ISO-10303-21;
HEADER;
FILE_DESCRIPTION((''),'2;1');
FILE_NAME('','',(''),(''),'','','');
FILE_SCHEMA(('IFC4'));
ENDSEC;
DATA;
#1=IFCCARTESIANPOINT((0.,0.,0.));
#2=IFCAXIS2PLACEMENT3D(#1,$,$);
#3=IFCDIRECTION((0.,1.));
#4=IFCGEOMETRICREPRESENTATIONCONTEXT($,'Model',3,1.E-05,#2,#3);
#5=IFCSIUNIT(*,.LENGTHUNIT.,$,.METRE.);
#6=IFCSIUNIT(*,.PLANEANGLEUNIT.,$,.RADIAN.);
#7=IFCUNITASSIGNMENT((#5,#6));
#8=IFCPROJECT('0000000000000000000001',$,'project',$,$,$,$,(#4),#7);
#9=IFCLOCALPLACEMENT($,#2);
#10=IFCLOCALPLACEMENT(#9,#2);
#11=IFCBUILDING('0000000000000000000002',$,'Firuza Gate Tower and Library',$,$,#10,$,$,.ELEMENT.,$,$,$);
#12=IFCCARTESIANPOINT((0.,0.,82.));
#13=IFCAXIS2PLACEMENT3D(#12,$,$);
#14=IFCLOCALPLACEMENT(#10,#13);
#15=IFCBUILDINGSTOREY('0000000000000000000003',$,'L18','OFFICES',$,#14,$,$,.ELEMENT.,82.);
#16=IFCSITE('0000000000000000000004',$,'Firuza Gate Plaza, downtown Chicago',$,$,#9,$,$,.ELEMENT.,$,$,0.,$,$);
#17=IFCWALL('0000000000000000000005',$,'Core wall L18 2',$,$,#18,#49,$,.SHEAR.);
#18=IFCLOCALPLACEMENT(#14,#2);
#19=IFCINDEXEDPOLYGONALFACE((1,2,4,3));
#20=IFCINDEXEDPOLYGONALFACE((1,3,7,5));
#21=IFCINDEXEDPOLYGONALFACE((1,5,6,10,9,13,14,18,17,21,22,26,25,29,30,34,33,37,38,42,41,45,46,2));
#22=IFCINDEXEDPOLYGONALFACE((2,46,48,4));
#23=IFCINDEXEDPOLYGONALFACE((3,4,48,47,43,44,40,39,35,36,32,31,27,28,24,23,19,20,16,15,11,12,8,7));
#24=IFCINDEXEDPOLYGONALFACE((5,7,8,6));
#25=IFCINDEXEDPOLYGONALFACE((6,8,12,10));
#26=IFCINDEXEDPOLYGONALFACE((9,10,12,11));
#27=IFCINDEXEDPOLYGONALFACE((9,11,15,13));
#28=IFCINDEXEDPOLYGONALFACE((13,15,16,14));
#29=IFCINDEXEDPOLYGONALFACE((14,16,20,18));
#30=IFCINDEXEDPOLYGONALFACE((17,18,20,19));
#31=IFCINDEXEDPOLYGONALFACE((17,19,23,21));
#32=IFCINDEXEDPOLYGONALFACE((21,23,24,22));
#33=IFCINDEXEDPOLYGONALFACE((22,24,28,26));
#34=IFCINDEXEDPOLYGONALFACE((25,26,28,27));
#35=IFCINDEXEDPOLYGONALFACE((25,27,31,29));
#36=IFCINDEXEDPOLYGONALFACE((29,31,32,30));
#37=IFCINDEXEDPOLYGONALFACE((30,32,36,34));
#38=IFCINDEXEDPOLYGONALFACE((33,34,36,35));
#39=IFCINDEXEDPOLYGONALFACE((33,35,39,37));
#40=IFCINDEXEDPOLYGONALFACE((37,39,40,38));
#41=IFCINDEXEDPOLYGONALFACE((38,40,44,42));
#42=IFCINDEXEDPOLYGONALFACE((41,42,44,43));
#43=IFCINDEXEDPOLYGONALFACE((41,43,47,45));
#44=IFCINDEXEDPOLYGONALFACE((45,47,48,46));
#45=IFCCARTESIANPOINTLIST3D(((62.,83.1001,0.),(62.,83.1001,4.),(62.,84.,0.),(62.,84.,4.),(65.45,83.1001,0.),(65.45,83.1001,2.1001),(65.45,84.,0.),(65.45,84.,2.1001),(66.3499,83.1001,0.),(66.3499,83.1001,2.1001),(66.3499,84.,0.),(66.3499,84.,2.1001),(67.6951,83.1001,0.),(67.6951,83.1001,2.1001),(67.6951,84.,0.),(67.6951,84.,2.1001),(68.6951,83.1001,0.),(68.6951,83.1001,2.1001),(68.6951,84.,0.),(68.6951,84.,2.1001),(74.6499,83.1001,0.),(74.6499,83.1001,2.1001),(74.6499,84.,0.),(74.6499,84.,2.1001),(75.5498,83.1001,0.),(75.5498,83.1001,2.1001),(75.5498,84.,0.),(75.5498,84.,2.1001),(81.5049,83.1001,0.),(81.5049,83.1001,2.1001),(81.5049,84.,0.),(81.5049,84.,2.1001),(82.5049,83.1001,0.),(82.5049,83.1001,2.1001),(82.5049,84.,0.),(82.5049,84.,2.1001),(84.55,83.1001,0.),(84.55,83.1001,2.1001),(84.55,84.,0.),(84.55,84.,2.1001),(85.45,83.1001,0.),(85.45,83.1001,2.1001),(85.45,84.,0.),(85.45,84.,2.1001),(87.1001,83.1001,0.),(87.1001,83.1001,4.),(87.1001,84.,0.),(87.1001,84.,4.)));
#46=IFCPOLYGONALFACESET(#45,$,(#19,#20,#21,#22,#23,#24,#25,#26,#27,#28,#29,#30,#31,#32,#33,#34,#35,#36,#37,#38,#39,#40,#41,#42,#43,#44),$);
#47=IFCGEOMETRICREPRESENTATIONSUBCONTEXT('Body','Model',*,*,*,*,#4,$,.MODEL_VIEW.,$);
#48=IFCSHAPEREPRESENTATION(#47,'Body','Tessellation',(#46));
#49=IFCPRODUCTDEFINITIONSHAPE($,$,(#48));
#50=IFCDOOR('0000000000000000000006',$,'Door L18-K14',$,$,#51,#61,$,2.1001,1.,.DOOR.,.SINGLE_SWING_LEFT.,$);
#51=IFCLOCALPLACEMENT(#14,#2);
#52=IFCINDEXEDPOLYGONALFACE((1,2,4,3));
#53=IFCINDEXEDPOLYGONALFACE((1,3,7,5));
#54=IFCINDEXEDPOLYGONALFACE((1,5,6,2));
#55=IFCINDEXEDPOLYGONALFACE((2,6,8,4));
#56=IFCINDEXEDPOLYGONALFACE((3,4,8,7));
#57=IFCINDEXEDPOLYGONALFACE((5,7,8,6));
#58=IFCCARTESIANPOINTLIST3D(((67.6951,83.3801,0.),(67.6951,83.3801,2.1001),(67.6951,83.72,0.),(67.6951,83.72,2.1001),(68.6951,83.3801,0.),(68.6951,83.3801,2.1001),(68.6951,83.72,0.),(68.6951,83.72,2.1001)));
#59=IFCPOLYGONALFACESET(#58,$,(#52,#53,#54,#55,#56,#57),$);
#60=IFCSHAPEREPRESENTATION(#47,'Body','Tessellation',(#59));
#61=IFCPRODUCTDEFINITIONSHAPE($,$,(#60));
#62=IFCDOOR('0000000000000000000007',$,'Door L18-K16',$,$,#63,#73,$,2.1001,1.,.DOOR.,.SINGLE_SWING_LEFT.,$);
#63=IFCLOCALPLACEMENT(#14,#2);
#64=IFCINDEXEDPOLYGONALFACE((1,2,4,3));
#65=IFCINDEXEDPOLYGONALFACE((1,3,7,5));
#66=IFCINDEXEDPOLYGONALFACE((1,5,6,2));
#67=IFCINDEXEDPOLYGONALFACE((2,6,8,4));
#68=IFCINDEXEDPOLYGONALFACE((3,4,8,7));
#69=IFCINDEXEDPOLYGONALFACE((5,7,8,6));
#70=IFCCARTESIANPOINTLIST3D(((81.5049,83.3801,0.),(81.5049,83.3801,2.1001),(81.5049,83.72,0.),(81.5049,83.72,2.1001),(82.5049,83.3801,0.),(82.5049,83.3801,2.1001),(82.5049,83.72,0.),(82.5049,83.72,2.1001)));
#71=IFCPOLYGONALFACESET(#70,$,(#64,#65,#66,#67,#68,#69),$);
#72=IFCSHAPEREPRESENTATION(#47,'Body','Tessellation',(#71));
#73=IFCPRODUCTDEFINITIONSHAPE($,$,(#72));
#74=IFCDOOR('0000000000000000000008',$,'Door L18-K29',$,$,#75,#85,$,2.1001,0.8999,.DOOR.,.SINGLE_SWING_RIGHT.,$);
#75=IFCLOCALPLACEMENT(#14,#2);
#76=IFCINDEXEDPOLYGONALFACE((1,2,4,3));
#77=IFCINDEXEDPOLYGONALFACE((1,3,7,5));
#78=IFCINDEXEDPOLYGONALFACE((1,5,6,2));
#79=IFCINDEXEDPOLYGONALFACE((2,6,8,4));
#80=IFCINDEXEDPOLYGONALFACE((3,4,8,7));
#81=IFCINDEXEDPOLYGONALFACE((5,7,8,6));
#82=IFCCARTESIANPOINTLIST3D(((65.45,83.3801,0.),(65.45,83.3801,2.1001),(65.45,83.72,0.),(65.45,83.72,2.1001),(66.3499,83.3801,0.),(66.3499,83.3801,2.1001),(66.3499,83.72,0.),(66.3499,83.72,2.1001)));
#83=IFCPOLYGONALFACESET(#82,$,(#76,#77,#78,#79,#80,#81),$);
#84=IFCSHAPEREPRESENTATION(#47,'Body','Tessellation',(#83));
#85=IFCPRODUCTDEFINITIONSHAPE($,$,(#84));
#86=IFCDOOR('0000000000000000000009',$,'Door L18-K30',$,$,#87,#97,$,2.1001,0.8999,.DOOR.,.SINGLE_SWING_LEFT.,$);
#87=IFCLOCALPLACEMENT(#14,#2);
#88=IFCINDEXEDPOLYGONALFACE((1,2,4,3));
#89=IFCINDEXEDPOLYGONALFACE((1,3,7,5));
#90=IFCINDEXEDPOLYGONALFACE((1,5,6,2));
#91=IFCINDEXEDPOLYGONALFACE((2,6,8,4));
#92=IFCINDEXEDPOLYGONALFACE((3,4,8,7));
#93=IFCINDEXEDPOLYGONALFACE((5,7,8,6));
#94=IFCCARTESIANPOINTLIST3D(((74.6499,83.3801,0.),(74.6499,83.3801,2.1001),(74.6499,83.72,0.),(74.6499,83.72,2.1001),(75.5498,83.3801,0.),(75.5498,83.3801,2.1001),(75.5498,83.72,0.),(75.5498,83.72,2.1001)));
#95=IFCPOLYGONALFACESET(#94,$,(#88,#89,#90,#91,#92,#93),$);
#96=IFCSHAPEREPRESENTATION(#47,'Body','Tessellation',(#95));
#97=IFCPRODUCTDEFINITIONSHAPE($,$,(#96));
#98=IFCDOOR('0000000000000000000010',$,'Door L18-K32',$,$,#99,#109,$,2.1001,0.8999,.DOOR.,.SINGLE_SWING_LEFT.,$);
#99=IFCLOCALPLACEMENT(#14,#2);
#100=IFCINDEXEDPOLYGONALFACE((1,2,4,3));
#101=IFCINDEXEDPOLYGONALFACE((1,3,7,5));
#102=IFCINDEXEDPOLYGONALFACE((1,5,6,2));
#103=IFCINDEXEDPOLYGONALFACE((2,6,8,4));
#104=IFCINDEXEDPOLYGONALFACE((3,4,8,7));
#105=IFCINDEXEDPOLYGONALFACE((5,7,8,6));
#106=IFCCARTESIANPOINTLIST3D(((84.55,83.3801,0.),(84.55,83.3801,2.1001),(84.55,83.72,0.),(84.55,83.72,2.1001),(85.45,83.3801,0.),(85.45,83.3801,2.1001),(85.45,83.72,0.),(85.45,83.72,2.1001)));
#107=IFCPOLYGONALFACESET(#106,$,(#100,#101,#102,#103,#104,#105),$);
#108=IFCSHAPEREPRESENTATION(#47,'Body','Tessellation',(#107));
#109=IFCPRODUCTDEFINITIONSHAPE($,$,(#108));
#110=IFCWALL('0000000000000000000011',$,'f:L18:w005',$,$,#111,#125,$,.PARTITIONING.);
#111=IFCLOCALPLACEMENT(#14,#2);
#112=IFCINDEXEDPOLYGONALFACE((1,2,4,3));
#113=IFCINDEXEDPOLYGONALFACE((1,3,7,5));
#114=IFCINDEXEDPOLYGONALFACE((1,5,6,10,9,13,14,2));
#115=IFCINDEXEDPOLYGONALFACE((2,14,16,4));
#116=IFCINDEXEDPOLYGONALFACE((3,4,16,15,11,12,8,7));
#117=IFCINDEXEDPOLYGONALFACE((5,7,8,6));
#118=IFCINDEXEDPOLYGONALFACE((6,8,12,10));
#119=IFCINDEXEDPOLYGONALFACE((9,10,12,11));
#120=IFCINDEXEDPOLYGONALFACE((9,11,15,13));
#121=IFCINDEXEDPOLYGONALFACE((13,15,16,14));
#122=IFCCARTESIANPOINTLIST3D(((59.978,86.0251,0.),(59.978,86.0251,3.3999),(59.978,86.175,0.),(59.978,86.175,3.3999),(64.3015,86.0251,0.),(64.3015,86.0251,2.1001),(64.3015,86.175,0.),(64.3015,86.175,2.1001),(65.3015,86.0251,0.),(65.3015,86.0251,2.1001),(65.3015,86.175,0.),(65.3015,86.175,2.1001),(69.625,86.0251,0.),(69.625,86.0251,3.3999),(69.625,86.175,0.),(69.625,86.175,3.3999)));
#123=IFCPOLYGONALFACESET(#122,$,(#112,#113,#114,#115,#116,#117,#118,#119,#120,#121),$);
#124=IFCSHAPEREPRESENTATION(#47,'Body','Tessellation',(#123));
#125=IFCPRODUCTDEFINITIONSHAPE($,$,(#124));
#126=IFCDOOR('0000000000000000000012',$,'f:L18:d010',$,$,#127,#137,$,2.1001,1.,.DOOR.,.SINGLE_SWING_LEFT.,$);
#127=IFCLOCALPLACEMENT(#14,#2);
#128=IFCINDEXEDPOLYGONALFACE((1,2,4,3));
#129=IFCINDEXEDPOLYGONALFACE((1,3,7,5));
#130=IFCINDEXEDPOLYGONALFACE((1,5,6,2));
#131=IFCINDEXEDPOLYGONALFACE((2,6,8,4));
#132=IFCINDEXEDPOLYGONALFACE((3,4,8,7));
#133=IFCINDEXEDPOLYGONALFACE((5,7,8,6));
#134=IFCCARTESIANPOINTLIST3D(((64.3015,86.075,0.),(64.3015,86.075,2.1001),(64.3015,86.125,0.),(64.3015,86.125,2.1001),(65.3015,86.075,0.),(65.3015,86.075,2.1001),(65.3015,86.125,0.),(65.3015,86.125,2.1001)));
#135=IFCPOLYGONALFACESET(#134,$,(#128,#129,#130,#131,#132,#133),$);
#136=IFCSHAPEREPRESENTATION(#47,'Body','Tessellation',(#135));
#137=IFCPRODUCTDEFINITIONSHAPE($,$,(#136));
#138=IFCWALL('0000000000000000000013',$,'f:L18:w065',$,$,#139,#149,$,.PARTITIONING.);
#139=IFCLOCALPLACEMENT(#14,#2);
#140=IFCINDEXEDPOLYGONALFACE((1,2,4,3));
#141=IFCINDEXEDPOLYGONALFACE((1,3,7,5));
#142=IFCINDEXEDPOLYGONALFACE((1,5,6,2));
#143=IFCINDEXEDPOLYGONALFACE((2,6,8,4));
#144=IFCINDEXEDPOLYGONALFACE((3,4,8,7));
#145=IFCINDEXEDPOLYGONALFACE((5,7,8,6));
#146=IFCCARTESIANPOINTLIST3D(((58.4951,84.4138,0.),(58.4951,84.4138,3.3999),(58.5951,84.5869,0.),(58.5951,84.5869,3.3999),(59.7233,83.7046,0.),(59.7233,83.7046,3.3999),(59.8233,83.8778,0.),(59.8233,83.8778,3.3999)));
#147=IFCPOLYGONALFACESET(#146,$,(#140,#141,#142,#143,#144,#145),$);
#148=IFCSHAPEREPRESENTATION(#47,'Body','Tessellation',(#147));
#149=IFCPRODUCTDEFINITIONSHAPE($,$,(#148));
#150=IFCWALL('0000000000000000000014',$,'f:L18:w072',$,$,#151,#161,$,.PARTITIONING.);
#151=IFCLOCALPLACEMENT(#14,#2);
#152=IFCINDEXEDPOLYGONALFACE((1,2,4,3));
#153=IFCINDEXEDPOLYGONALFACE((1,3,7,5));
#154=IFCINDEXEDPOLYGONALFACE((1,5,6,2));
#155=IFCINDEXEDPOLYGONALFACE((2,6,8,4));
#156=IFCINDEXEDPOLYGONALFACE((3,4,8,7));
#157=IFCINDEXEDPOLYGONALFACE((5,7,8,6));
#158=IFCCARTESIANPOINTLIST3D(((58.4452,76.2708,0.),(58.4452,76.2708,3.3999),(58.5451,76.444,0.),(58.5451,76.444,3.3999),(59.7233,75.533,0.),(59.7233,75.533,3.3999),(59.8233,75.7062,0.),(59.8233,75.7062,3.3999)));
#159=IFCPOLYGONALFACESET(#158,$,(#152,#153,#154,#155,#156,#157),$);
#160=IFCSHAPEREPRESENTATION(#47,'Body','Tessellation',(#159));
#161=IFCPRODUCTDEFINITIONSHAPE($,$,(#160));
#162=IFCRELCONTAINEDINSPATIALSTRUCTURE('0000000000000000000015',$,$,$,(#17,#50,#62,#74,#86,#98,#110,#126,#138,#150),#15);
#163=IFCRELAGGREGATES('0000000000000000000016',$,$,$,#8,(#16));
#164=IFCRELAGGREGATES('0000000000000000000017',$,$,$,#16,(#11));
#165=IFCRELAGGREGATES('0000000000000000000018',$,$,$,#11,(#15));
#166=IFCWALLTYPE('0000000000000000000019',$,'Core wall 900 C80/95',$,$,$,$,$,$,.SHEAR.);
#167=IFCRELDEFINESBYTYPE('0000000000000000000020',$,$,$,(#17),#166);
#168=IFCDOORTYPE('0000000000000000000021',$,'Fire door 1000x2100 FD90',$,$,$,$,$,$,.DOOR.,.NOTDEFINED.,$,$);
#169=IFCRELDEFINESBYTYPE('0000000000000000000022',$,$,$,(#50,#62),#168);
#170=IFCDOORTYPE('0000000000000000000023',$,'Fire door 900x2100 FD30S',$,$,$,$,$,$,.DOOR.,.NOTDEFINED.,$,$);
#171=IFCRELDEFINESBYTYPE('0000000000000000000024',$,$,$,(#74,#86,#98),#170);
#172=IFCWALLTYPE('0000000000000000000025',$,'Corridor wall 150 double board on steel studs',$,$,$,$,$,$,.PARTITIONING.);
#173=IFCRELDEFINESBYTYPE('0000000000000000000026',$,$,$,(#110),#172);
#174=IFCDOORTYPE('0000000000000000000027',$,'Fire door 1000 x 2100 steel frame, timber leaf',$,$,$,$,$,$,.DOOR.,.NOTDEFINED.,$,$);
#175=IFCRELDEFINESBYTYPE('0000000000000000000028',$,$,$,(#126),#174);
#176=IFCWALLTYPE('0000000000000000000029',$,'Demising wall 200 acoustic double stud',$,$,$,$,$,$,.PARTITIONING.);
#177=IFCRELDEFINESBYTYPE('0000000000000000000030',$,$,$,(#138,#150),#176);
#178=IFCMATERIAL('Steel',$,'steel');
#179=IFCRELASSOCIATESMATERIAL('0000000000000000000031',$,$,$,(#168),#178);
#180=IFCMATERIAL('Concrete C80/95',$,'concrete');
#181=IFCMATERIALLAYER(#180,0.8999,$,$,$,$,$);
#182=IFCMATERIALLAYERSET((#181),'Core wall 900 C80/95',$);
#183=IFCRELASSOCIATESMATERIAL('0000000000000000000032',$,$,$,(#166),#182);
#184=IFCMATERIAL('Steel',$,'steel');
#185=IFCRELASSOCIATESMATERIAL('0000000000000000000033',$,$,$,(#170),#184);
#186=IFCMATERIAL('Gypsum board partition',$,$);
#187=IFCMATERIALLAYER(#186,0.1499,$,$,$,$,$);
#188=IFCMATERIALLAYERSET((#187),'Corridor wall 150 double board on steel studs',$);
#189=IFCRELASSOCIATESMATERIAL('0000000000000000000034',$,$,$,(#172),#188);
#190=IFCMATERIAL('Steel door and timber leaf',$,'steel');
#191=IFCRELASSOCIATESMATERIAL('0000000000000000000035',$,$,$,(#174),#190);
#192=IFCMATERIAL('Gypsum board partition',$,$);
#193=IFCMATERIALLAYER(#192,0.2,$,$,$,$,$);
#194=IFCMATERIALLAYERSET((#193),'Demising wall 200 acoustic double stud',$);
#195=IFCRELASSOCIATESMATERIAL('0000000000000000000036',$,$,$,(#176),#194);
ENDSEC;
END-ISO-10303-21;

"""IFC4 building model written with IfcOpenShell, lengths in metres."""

from ifc_helpers import new_model, si_unit, direction, frame, frame_2d, origin, place, context, subcontext, project, spatial, rectangle, extrude, material, layer, layer_set, type_object, element, fill, save


model = new_model("IFC4")

# Units and contexts
model_context = context("Model", 3, precision=1e-05, world=origin(), true_north=direction((0.0, 1.0)))
body_context = subcontext(model_context, "Body", "Model", "MODEL_VIEW")
ifc_project = project(units=[si_unit("LENGTHUNIT", "METRE"), si_unit("PLANEANGLEUNIT", "RADIAN")], contexts=[model_context])

# Site, building, storey
site_placement = place(None, origin())
site = spatial("IfcSite", under=ifc_project, at=site_placement, Name="Firuza Gate Plaza, downtown Chicago", CompositionType="ELEMENT", RefElevation=0.0)
building_placement = place(site_placement, origin())
building = spatial("IfcBuilding", under=site, at=building_placement, Name="Firuza Gate Tower and Library", CompositionType="ELEMENT")
storey_placement = place(building_placement, frame((0.0, 0.0, 82.0)))
storey = spatial("IfcBuildingStorey", under=building, at=storey_placement, Name="L18", Description="OFFICES", CompositionType="ELEMENT", Elevation=82.0)

# Shared definitions
ifc_material_1 = material(Name="Steel", Category="steel")
door_type_1 = type_object("IfcDoorType", Name="Fire door 1000x2100 FD90", OperationType="NOTDEFINED", PredefinedType="DOOR", material=ifc_material_1)

# Wall, openings, doors
ifc_material_2 = material(Name="Concrete C80/95", Category="concrete")
ifc_layer_1 = layer(ifc_material_2, 0.8999)
ifc_layer_set_1 = layer_set([ifc_layer_1], Name="Core wall 900 C80/95")
wall_type_1 = type_object("IfcWallType", Name="Core wall 900 C80/95", PredefinedType="SHEAR", material=ifc_layer_set_1)
wall_1_placement = place(storey_placement, frame((62.0, 83.55, 0.0), z_axis=(0.0, 0.0, 1.0), x_axis=(1.0, 0.0, 0.0)))
wall_1 = element("IfcWall", 1, at=wall_1_placement, inside=storey, type_object=wall_type_1, Name="Core wall L18 2", PredefinedType="SHEAR", context=body_context, shape_type="SweptSolid", body=[
    extrude(rectangle(XDim=25.1001, YDim=0.8999, at=frame_2d((12.55, 0.0))), origin(), (0.0, 0.0, 1.0), 4.0),
])
opening_1_placement = place(wall_1_placement, frame((5.6951, 0.0, 0.0)))
opening_1 = element("IfcOpeningElement", 2, at=opening_1_placement, cuts=wall_1, PredefinedType="OPENING", context=body_context, shape_type="SweptSolid", body=[
    extrude(rectangle(XDim=1.0, YDim=2.1001, at=frame_2d((0.5, 1.05))), frame((0.0, 0.46, 0.0), z_axis=(0.0, -1.0, 0.0), x_axis=(1.0, 0.0, 0.0)), (0.0, 0.0, 1.0), 0.9199),
])
opening_2_placement = place(wall_1_placement, frame((19.5049, 0.0, 0.0)))
opening_2 = element("IfcOpeningElement", 3, at=opening_2_placement, cuts=wall_1, PredefinedType="OPENING", context=body_context, shape_type="SweptSolid", body=[
    extrude(rectangle(XDim=1.0, YDim=2.1001, at=frame_2d((0.5, 1.05))), frame((0.0, 0.46, 0.0), z_axis=(0.0, -1.0, 0.0), x_axis=(1.0, 0.0, 0.0)), (0.0, 0.0, 1.0), 0.9199),
])
opening_3_placement = place(wall_1_placement, frame((3.45, 0.0, 0.0)))
opening_3 = element("IfcOpeningElement", 4, at=opening_3_placement, cuts=wall_1, PredefinedType="OPENING", context=body_context, shape_type="SweptSolid", body=[
    extrude(rectangle(XDim=0.8999, YDim=2.1001, at=frame_2d((0.45, 1.05))), frame((0.0, 0.46, 0.0), z_axis=(0.0, -1.0, 0.0), x_axis=(1.0, 0.0, 0.0)), (0.0, 0.0, 1.0), 0.9199),
])
opening_4_placement = place(wall_1_placement, frame((12.6499, 0.0, 0.0)))
opening_4 = element("IfcOpeningElement", 5, at=opening_4_placement, cuts=wall_1, PredefinedType="OPENING", context=body_context, shape_type="SweptSolid", body=[
    extrude(rectangle(XDim=0.8999, YDim=2.1001, at=frame_2d((0.45, 1.05))), frame((0.0, 0.46, 0.0), z_axis=(0.0, -1.0, 0.0), x_axis=(1.0, 0.0, 0.0)), (0.0, 0.0, 1.0), 0.9199),
])
opening_5_placement = place(wall_1_placement, frame((22.55, 0.0, 0.0)))
opening_5 = element("IfcOpeningElement", 6, at=opening_5_placement, cuts=wall_1, PredefinedType="OPENING", context=body_context, shape_type="SweptSolid", body=[
    extrude(rectangle(XDim=0.8999, YDim=2.1001, at=frame_2d((0.45, 1.05))), frame((0.0, 0.46, 0.0), z_axis=(0.0, -1.0, 0.0), x_axis=(1.0, 0.0, 0.0)), (0.0, 0.0, 1.0), 0.9199),
])
door_1_placement = place(opening_1_placement, origin())
door_1 = element("IfcDoor", 7, at=door_1_placement, inside=storey, type_object=door_type_1, Name="Door L18-K14", OperationType="SINGLE_SWING_LEFT", OverallHeight=2.1001, OverallWidth=1.0, PredefinedType="DOOR", context=body_context, shape_type="SweptSolid", body=[
    extrude(rectangle(XDim=1.0, YDim=2.1001, at=frame_2d((0.5, 1.05))), frame((0.0, 0.1699, 0.0), z_axis=(0.0, -1.0, 0.0), x_axis=(1.0, 0.0, 0.0)), (0.0, 0.0, 1.0), 0.3398),
])
fill(opening_1, door_1)
door_2_placement = place(opening_2_placement, origin())
door_2 = element("IfcDoor", 8, at=door_2_placement, inside=storey, type_object=door_type_1, Name="Door L18-K16", OperationType="SINGLE_SWING_LEFT", OverallHeight=2.1001, OverallWidth=1.0, PredefinedType="DOOR", context=body_context, shape_type="SweptSolid", body=[
    extrude(rectangle(XDim=1.0, YDim=2.1001, at=frame_2d((0.5, 1.05))), frame((0.0, 0.1699, 0.0), z_axis=(0.0, -1.0, 0.0), x_axis=(1.0, 0.0, 0.0)), (0.0, 0.0, 1.0), 0.3398),
])
fill(opening_2, door_2)
ifc_material_3 = material(Name="Steel", Category="steel")
door_type_2 = type_object("IfcDoorType", Name="Fire door 900x2100 FD30S", OperationType="NOTDEFINED", PredefinedType="DOOR", material=ifc_material_3)
door_3_placement = place(opening_3_placement, origin())
door_3 = element("IfcDoor", 9, at=door_3_placement, inside=storey, type_object=door_type_2, Name="Door L18-K29", OperationType="SINGLE_SWING_RIGHT", OverallHeight=2.1001, OverallWidth=0.8999, PredefinedType="DOOR", context=body_context, shape_type="SweptSolid", body=[
    extrude(rectangle(XDim=0.8999, YDim=2.1001, at=frame_2d((0.45, 1.05))), frame((0.0, 0.1699, 0.0), z_axis=(0.0, -1.0, 0.0), x_axis=(1.0, 0.0, 0.0)), (0.0, 0.0, 1.0), 0.3398),
])
fill(opening_3, door_3)
door_4_placement = place(opening_4_placement, origin())
door_4 = element("IfcDoor", 10, at=door_4_placement, inside=storey, type_object=door_type_2, Name="Door L18-K30", OperationType="SINGLE_SWING_LEFT", OverallHeight=2.1001, OverallWidth=0.8999, PredefinedType="DOOR", context=body_context, shape_type="SweptSolid", body=[
    extrude(rectangle(XDim=0.8999, YDim=2.1001, at=frame_2d((0.45, 1.05))), frame((0.0, 0.1699, 0.0), z_axis=(0.0, -1.0, 0.0), x_axis=(1.0, 0.0, 0.0)), (0.0, 0.0, 1.0), 0.3398),
])
fill(opening_4, door_4)
door_5_placement = place(opening_5_placement, origin())
door_5 = element("IfcDoor", 11, at=door_5_placement, inside=storey, type_object=door_type_2, Name="Door L18-K32", OperationType="SINGLE_SWING_LEFT", OverallHeight=2.1001, OverallWidth=0.8999, PredefinedType="DOOR", context=body_context, shape_type="SweptSolid", body=[
    extrude(rectangle(XDim=0.8999, YDim=2.1001, at=frame_2d((0.45, 1.05))), frame((0.0, 0.1699, 0.0), z_axis=(0.0, -1.0, 0.0), x_axis=(1.0, 0.0, 0.0)), (0.0, 0.0, 1.0), 0.3398),
])
fill(opening_5, door_5)

# Wall, opening, door
ifc_material_4 = material(Name="Gypsum board partition")
ifc_layer_2 = layer(ifc_material_4, 0.1499)
ifc_layer_set_2 = layer_set([ifc_layer_2], Name="Corridor wall 150 double board on steel studs")
wall_type_2 = type_object("IfcWallType", Name="Corridor wall 150 double board on steel studs", PredefinedType="PARTITIONING", material=ifc_layer_set_2)
wall_2_placement = place(storey_placement, frame((59.978, 86.1001, 0.0), z_axis=(0.0, 0.0, 1.0), x_axis=(1.0, 0.0, 0.0)))
wall_2 = element("IfcWall", 12, at=wall_2_placement, inside=storey, type_object=wall_type_2, Name="f:L18:w005", PredefinedType="PARTITIONING", context=body_context, shape_type="SweptSolid", body=[
    extrude(rectangle(XDim=9.647, YDim=0.1499, at=frame_2d((4.8235, 0.0))), origin(), (0.0, 0.0, 1.0), 3.3999),
])
opening_6_placement = place(wall_2_placement, frame((4.3235, 0.0, 0.0)))
opening_6 = element("IfcOpeningElement", 13, at=opening_6_placement, cuts=wall_2, PredefinedType="OPENING", context=body_context, shape_type="SweptSolid", body=[
    extrude(rectangle(XDim=1.0, YDim=2.1001, at=frame_2d((0.5, 1.05))), frame((0.0, 0.085, 0.0), z_axis=(0.0, -1.0, 0.0), x_axis=(1.0, 0.0, 0.0)), (0.0, 0.0, 1.0), 0.1699),
])
ifc_material_5 = material(Name="Steel door and timber leaf", Category="steel")
door_type_3 = type_object("IfcDoorType", Name="Fire door 1000 x 2100 steel frame, timber leaf", OperationType="NOTDEFINED", PredefinedType="DOOR", material=ifc_material_5)
door_6_placement = place(opening_6_placement, origin())
door_6 = element("IfcDoor", 14, at=door_6_placement, inside=storey, type_object=door_type_3, Name="f:L18:d010", OperationType="SINGLE_SWING_LEFT", OverallHeight=2.1001, OverallWidth=1.0, PredefinedType="DOOR", context=body_context, shape_type="SweptSolid", body=[
    extrude(rectangle(XDim=1.0, YDim=2.1001, at=frame_2d((0.5, 1.05))), frame((0.0, 0.0249, 0.0), z_axis=(0.0, -1.0, 0.0), x_axis=(1.0, 0.0, 0.0)), (0.0, 0.0, 1.0), 0.05),
])
fill(opening_6, door_6)

# Walls
ifc_material_6 = material(Name="Gypsum board partition")
ifc_layer_3 = layer(ifc_material_6, 0.2)
ifc_layer_set_3 = layer_set([ifc_layer_3], Name="Demising wall 200 acoustic double stud")
wall_type_3 = type_object("IfcWallType", Name="Demising wall 200 acoustic double stud", PredefinedType="PARTITIONING", material=ifc_layer_set_3)
wall_3_placement = place(storey_placement, frame((59.7732, 83.7913, 0.0), z_axis=(0.0, 0.0, 1.0), x_axis=(-0.865999, 0.500045, 0.0)))
element("IfcWall", 15, at=wall_3_placement, inside=storey, type_object=wall_type_3, Name="f:L18:w065", PredefinedType="PARTITIONING", context=body_context, shape_type="SweptSolid", body=[
    extrude(rectangle(XDim=1.4182, YDim=0.2, at=frame_2d((0.709, 0.0))), origin(), (0.0, 0.0, 1.0), 3.3999),
])
wall_4_placement = place(storey_placement, frame((59.7732, 75.6196, 0.0), z_axis=(0.0, 0.0, 1.0), x_axis=(-0.866056, 0.499947, 0.0)))
element("IfcWall", 16, at=wall_4_placement, inside=storey, type_object=wall_type_3, Name="f:L18:w072", PredefinedType="PARTITIONING", context=body_context, shape_type="SweptSolid", body=[
    extrude(rectangle(XDim=1.4758, YDim=0.2, at=frame_2d((0.7378, 0.0))), origin(), (0.0, 0.0, 1.0), 3.3999),
])

save(model, "model.ifc")
